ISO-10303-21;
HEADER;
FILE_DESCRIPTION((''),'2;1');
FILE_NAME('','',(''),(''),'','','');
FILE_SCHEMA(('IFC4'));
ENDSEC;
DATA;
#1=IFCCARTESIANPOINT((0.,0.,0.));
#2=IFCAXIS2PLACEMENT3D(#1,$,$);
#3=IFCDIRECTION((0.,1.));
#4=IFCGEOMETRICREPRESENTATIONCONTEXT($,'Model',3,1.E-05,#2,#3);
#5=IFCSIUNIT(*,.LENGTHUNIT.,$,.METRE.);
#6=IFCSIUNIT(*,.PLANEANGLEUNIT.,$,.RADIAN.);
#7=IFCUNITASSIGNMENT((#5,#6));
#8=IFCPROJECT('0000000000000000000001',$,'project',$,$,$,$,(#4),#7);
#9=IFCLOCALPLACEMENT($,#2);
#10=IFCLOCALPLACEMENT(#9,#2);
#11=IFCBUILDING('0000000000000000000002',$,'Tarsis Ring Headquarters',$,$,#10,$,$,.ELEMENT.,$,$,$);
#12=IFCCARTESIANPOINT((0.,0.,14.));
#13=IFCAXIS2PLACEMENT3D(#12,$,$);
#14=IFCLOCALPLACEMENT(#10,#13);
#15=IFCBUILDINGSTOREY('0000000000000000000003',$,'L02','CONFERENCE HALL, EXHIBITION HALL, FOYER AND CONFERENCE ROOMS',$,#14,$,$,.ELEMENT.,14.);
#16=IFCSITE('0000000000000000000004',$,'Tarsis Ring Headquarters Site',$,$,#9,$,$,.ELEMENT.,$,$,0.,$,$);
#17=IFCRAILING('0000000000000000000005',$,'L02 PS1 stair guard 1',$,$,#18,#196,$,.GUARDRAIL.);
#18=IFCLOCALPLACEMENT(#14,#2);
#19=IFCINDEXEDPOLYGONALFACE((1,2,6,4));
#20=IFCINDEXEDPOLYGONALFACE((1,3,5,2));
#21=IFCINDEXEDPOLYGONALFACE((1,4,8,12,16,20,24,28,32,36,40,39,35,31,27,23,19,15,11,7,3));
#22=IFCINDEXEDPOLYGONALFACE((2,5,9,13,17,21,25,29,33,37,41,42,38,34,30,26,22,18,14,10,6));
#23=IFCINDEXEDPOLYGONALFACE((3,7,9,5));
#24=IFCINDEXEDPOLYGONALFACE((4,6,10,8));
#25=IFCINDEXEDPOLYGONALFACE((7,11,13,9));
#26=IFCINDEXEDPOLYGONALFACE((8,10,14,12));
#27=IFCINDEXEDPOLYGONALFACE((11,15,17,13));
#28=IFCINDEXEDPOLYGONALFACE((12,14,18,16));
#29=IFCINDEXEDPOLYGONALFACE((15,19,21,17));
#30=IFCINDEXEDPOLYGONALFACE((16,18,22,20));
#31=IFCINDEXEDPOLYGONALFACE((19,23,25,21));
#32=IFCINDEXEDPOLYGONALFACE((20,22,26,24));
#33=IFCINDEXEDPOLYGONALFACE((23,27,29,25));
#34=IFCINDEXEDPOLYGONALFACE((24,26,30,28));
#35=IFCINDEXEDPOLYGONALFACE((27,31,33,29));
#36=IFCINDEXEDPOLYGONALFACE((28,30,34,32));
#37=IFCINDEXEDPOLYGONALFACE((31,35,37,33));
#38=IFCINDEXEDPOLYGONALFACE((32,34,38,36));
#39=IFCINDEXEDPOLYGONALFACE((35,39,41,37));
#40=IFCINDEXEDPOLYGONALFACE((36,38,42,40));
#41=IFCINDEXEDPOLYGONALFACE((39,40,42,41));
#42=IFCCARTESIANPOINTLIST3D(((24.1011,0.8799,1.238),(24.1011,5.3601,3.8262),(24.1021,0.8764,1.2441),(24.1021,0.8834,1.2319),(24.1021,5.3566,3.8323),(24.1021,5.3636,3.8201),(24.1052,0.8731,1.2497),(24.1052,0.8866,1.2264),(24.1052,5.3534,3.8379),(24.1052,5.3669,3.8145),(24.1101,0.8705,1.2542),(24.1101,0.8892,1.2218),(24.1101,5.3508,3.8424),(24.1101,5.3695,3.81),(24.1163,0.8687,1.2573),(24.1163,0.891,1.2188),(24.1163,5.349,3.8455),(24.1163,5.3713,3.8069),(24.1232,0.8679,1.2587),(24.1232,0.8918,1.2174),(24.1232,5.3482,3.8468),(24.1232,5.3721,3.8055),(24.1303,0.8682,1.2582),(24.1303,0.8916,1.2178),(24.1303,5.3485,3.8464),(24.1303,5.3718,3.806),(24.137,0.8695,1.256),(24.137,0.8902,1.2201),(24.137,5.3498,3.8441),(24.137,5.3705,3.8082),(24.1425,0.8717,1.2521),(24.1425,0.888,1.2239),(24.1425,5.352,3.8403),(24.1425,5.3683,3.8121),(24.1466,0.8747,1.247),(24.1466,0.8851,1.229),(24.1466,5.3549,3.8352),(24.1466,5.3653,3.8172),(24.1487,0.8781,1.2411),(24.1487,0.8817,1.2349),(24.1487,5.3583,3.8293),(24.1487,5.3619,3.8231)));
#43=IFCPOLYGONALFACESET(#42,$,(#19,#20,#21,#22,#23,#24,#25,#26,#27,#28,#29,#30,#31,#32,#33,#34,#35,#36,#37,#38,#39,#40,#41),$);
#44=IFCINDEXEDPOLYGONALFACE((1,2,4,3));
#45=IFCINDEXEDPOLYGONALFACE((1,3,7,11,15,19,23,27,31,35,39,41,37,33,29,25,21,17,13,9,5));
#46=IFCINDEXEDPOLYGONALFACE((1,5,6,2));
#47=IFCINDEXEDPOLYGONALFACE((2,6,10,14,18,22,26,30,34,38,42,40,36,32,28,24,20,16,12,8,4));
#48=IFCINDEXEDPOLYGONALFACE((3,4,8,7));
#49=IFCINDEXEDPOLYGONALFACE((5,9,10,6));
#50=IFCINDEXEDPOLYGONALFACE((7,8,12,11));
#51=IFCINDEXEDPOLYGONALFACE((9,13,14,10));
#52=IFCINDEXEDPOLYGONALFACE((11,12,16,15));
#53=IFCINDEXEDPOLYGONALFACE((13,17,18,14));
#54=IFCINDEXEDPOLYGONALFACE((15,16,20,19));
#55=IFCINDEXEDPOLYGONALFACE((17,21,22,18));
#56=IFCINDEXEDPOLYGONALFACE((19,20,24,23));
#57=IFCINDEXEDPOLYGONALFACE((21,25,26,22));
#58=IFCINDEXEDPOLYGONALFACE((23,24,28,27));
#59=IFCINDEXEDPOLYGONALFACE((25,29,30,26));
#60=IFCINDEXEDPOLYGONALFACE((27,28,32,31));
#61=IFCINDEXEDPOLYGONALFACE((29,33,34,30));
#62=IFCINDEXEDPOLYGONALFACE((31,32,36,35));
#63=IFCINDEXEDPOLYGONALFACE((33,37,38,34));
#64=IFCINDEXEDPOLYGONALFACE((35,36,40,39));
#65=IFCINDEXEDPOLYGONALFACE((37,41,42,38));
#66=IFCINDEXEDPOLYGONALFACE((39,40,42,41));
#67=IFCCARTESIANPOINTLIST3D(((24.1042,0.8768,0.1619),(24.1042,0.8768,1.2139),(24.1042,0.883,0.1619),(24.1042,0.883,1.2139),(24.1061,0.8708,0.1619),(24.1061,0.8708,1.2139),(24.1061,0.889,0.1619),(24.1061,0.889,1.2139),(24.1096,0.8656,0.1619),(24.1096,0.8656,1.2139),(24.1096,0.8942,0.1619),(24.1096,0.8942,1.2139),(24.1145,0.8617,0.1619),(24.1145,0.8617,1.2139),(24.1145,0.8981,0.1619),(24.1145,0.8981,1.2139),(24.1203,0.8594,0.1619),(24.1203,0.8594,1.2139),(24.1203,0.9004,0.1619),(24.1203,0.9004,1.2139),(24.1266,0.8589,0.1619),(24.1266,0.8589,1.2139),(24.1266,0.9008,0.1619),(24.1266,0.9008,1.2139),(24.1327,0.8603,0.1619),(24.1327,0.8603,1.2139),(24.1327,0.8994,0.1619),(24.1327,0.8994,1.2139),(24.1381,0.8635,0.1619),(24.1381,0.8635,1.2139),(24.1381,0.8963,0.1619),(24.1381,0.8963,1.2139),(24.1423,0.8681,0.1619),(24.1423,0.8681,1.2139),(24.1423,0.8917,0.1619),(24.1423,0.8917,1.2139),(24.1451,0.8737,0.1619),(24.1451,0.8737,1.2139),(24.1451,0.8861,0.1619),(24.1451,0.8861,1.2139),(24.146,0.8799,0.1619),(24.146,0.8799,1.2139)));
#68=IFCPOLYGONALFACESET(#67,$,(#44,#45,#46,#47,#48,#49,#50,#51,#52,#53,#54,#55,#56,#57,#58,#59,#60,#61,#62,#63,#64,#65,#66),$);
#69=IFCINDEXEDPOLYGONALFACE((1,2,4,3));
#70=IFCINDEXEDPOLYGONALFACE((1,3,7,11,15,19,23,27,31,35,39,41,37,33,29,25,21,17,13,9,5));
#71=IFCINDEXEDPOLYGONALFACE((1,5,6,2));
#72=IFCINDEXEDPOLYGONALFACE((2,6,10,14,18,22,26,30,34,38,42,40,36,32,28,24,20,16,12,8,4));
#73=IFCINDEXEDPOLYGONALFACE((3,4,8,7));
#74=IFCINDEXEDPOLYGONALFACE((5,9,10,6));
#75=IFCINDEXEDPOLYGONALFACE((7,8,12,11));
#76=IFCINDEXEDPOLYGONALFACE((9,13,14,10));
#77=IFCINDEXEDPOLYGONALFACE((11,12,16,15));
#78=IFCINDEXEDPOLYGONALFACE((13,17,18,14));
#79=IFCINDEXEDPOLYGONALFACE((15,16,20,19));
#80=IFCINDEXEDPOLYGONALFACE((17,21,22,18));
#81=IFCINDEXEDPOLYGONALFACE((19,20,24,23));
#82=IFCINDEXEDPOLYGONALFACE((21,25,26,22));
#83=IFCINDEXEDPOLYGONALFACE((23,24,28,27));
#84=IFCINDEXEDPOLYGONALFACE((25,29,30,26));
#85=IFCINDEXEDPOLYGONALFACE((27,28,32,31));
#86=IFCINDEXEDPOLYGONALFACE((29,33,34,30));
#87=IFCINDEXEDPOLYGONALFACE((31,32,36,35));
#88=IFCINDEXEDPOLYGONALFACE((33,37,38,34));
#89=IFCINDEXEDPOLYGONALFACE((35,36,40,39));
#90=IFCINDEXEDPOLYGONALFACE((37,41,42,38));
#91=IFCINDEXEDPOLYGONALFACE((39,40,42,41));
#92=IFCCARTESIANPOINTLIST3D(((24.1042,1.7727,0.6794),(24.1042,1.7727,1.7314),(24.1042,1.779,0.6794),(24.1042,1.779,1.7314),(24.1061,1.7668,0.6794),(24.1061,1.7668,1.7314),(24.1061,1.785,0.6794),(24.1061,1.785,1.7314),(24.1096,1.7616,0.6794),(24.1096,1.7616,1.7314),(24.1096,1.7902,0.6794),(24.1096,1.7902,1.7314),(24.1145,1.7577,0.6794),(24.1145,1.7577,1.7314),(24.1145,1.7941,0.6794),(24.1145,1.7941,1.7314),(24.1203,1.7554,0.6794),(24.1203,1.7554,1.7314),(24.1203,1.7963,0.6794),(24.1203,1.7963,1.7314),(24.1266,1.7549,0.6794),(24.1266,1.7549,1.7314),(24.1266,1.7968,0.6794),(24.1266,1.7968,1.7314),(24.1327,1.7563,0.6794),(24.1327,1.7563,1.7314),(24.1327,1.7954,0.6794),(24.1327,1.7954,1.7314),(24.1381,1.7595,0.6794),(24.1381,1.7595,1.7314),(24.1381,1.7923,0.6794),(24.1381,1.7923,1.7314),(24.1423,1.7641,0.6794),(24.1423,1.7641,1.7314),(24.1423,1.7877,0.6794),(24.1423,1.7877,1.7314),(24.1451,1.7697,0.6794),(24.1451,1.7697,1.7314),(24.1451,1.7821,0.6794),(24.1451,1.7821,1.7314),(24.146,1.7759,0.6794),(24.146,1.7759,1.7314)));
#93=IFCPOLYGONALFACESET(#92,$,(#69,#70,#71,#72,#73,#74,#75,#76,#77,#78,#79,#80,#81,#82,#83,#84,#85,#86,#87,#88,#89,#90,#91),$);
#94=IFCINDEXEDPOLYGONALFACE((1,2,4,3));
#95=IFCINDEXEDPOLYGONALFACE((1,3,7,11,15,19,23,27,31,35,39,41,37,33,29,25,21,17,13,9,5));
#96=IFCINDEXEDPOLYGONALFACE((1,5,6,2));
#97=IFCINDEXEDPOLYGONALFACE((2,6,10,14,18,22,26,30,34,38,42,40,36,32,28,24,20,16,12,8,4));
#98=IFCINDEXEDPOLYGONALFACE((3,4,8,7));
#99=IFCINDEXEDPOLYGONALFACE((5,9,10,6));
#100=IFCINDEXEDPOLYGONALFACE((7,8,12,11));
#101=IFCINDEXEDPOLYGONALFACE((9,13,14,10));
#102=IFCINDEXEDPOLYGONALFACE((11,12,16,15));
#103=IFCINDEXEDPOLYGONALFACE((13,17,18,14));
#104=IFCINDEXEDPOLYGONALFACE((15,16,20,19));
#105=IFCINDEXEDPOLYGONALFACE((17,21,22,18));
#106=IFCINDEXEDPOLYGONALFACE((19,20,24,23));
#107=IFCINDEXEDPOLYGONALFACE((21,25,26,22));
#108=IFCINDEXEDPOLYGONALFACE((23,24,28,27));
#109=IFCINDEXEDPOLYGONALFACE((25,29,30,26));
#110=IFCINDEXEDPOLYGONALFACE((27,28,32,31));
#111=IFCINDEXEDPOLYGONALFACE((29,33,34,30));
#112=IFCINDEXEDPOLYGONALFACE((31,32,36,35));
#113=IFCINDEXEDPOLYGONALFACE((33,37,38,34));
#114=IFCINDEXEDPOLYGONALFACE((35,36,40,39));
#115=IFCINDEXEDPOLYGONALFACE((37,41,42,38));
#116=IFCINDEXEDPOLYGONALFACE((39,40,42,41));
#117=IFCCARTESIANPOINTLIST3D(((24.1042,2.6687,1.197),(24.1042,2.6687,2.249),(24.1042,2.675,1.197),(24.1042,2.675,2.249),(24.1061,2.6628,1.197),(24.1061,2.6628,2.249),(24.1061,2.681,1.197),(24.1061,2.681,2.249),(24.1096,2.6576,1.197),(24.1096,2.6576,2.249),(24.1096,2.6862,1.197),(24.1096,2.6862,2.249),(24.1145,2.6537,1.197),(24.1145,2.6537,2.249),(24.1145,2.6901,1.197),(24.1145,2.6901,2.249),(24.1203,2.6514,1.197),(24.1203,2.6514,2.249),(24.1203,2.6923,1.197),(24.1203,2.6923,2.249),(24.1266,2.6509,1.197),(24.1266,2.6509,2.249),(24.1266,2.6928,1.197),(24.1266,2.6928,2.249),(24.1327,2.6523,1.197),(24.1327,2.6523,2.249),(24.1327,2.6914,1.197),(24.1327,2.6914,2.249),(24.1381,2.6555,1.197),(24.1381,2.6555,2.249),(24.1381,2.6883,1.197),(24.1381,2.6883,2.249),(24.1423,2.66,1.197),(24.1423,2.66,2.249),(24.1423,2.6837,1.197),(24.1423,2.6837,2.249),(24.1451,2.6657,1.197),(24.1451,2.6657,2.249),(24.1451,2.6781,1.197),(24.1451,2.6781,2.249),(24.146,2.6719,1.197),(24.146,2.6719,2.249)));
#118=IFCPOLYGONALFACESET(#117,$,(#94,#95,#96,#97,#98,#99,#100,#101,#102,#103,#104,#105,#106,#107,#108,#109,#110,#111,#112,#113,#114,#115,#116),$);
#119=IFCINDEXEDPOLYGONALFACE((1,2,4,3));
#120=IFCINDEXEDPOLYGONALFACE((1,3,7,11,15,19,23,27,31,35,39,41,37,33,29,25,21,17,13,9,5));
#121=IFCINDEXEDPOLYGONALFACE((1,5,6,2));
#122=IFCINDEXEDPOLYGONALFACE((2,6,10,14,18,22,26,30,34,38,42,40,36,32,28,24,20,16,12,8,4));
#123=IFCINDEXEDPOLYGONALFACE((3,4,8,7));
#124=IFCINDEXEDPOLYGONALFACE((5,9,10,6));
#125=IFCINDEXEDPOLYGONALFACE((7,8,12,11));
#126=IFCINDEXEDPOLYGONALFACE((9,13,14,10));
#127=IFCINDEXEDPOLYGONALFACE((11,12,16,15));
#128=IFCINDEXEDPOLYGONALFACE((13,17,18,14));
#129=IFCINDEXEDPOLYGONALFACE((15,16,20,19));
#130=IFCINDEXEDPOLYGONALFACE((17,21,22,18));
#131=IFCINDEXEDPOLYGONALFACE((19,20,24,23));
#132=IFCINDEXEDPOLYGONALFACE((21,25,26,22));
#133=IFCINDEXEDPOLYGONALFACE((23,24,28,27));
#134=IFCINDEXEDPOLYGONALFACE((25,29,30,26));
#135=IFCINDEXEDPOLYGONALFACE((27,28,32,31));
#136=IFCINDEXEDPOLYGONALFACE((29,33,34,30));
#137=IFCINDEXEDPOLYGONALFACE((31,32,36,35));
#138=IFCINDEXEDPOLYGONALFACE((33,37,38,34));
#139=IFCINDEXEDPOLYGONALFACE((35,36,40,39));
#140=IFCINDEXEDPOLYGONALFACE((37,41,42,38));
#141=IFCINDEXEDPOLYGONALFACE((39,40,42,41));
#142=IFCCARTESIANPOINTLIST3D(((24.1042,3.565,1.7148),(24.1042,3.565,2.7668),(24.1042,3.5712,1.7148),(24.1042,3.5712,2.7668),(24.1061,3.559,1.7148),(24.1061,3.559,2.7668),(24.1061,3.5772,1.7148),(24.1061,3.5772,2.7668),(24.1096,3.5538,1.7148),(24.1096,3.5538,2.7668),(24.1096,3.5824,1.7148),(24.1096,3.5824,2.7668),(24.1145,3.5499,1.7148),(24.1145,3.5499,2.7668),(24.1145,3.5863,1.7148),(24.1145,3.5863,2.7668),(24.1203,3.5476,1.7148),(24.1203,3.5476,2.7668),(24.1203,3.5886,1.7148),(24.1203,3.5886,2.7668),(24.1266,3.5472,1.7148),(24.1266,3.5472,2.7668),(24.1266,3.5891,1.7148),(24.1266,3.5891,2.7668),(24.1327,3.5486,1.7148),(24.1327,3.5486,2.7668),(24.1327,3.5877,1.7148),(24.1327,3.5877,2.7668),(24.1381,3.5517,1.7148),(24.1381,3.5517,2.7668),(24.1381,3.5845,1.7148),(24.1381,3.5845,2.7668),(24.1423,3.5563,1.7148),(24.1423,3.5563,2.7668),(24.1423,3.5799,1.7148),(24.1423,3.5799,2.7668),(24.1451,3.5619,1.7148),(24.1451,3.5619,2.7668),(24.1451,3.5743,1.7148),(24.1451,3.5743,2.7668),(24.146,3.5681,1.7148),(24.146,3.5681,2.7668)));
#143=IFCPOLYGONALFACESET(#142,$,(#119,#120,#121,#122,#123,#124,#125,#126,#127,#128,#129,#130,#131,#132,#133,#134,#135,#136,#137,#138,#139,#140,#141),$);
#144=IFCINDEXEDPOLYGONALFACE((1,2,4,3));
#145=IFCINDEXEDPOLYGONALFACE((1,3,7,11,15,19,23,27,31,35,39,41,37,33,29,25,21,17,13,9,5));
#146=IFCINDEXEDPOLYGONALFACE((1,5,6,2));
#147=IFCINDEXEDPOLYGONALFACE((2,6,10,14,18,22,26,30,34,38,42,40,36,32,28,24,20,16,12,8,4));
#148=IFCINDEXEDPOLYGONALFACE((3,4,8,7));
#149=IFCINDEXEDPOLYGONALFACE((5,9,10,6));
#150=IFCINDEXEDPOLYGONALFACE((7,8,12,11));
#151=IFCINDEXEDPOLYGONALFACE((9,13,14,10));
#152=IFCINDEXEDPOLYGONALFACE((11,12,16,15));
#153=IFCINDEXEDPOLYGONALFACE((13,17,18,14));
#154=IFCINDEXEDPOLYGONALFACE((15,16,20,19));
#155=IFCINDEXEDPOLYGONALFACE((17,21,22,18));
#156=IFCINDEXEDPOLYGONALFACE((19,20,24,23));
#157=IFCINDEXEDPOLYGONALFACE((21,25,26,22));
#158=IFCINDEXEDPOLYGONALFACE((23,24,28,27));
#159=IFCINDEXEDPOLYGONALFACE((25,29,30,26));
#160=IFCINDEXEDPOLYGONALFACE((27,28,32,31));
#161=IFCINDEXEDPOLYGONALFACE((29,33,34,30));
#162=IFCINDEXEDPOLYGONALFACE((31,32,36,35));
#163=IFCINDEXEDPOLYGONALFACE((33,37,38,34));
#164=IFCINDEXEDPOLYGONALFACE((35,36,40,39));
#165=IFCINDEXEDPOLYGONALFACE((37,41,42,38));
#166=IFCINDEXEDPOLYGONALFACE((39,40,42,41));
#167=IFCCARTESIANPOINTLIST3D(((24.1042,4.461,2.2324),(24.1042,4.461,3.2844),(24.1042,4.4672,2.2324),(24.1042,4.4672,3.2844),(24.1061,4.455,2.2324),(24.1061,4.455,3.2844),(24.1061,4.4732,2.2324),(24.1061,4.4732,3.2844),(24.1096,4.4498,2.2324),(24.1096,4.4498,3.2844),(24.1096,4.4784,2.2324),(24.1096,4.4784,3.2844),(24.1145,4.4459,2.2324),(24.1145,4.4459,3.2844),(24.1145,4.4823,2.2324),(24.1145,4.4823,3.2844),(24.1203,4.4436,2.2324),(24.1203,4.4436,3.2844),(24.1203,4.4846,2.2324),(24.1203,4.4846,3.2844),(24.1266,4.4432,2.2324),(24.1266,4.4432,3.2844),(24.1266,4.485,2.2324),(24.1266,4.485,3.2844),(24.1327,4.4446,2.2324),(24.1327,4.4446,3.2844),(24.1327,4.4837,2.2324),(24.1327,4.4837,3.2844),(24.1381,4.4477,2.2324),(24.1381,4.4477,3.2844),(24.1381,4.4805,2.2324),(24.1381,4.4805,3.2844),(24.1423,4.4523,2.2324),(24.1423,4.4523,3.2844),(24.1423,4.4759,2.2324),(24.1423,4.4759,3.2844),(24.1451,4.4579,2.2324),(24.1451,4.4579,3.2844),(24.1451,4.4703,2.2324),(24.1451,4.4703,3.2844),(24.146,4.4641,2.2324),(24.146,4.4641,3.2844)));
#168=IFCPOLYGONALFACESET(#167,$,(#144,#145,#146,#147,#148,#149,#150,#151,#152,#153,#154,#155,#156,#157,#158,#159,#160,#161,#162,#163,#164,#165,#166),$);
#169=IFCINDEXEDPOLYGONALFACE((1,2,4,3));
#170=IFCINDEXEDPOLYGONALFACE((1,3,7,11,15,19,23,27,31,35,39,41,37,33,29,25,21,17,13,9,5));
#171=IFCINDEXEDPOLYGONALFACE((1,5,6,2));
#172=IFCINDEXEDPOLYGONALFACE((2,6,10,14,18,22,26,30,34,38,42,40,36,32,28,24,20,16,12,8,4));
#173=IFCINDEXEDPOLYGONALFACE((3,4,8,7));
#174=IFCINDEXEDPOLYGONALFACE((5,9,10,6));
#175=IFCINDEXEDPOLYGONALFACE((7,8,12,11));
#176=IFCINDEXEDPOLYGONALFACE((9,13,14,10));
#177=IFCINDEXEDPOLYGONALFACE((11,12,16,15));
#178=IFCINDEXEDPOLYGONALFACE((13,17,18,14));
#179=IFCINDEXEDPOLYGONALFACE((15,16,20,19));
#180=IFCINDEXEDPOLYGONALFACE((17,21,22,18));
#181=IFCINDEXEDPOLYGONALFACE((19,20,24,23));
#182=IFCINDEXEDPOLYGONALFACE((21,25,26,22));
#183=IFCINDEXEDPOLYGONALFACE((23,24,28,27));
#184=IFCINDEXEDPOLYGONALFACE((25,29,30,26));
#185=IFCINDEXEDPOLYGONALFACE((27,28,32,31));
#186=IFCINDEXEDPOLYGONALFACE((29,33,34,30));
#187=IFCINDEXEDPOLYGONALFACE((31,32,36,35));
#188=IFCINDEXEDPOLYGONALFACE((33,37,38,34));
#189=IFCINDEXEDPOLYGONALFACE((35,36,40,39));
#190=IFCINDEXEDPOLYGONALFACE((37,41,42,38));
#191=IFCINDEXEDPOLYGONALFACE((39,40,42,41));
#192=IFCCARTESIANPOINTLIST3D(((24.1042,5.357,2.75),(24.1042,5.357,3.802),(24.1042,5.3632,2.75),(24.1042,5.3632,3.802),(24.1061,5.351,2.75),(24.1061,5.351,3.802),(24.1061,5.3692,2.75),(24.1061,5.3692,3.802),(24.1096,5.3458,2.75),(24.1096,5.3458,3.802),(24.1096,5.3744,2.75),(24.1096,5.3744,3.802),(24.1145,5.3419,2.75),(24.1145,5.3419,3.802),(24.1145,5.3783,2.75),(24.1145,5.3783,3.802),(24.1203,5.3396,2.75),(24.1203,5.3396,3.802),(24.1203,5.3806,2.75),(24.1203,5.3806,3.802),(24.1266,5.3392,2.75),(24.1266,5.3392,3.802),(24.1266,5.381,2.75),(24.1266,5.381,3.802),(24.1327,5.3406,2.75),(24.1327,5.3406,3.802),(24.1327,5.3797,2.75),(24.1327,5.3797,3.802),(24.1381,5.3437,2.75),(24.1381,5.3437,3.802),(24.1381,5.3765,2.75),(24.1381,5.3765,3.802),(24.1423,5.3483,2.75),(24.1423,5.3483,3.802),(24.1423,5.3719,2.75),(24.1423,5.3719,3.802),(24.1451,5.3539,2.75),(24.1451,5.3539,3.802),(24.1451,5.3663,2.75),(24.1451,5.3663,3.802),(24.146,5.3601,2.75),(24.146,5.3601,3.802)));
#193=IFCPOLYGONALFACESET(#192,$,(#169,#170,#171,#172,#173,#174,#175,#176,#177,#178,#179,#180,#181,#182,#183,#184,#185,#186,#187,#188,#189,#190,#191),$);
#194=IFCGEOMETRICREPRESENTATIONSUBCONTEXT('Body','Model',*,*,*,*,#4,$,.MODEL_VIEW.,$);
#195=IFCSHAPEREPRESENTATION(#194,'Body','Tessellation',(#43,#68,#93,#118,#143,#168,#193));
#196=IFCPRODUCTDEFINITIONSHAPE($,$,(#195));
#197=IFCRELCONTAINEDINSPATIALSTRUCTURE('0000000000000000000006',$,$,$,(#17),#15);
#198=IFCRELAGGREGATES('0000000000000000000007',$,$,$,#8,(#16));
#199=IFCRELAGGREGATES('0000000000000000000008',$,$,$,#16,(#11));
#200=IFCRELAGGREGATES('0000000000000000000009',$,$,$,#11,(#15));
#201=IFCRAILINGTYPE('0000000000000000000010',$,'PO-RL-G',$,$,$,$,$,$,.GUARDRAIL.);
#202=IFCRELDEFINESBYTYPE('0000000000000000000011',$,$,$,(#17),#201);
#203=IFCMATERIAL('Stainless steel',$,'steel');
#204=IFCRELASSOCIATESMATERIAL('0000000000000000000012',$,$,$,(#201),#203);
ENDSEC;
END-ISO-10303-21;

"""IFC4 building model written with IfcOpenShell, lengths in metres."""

from ifc_helpers import new_model, si_unit, direction, frame, origin, origin_2d, place, context, subcontext, project, spatial, circle, extrude, material, type_object, element, save


model = new_model("IFC4")

# Units and contexts
model_context = context("Model", 3, precision=1e-05, world=origin(), true_north=direction((0.0, 1.0)))
body_context = subcontext(model_context, "Body", "Model", "MODEL_VIEW")
ifc_project = project(units=[si_unit("LENGTHUNIT", "METRE"), si_unit("PLANEANGLEUNIT", "RADIAN")], contexts=[model_context])

# Site, building, storey
site_placement = place(None, origin())
site = spatial("IfcSite", under=ifc_project, at=site_placement, Name="Tarsis Ring Headquarters Site", CompositionType="ELEMENT", RefElevation=0.0)
building_placement = place(site_placement, origin())
building = spatial("IfcBuilding", under=site, at=building_placement, Name="Tarsis Ring Headquarters", CompositionType="ELEMENT")
storey_placement = place(building_placement, frame((0.0, 0.0, 14.0)))
storey = spatial("IfcBuildingStorey", under=building, at=storey_placement, Name="L02", Description="CONFERENCE HALL, EXHIBITION HALL, FOYER AND CONFERENCE ROOMS", CompositionType="ELEMENT", Elevation=14.0)

# Railing
ifc_material_1 = material(Name="Stainless steel", Category="steel")
railing_type_1 = type_object("IfcRailingType", Name="PO-RL-G", PredefinedType="GUARDRAIL", material=ifc_material_1)
railing_1_placement = place(storey_placement, frame((24.125, 0.8799, 0.1619)))
element("IfcRailing", 1, at=railing_1_placement, inside=storey, type_object=railing_type_1, Name="L02 PS1 stair guard 1", PredefinedType="GUARDRAIL", context=body_context, shape_type="SweptSolid", body=[
    extrude(circle(Radius=0.0239, at=origin_2d()), frame((0.0, 0.0, 1.0762), z_axis=(0.0, 0.865902, 0.500214), x_axis=(-1.0, 0.0, 0.0)), (0.0, 0.0, 1.0), 5.1741),
    extrude(circle(Radius=0.021, at=origin_2d()), origin(), (0.0, 0.0, 1.0), 1.052),
    extrude(circle(Radius=0.021, at=origin_2d()), frame((0.0, 0.896, 0.5176)), (0.0, 0.0, 1.0), 1.052),
    extrude(circle(Radius=0.021, at=origin_2d()), frame((0.0, 1.792, 1.0352)), (0.0, 0.0, 1.0), 1.052),
    extrude(circle(Radius=0.021, at=origin_2d()), frame((0.0, 2.6882, 1.553)), (0.0, 0.0, 1.0), 1.052),
    extrude(circle(Radius=0.021, at=origin_2d()), frame((0.0, 3.5842, 2.0706)), (0.0, 0.0, 1.0), 1.052),
    extrude(circle(Radius=0.021, at=origin_2d()), frame((0.0, 4.4802, 2.5881)), (0.0, 0.0, 1.0), 1.052),
])

save(model, "model.ifc")
